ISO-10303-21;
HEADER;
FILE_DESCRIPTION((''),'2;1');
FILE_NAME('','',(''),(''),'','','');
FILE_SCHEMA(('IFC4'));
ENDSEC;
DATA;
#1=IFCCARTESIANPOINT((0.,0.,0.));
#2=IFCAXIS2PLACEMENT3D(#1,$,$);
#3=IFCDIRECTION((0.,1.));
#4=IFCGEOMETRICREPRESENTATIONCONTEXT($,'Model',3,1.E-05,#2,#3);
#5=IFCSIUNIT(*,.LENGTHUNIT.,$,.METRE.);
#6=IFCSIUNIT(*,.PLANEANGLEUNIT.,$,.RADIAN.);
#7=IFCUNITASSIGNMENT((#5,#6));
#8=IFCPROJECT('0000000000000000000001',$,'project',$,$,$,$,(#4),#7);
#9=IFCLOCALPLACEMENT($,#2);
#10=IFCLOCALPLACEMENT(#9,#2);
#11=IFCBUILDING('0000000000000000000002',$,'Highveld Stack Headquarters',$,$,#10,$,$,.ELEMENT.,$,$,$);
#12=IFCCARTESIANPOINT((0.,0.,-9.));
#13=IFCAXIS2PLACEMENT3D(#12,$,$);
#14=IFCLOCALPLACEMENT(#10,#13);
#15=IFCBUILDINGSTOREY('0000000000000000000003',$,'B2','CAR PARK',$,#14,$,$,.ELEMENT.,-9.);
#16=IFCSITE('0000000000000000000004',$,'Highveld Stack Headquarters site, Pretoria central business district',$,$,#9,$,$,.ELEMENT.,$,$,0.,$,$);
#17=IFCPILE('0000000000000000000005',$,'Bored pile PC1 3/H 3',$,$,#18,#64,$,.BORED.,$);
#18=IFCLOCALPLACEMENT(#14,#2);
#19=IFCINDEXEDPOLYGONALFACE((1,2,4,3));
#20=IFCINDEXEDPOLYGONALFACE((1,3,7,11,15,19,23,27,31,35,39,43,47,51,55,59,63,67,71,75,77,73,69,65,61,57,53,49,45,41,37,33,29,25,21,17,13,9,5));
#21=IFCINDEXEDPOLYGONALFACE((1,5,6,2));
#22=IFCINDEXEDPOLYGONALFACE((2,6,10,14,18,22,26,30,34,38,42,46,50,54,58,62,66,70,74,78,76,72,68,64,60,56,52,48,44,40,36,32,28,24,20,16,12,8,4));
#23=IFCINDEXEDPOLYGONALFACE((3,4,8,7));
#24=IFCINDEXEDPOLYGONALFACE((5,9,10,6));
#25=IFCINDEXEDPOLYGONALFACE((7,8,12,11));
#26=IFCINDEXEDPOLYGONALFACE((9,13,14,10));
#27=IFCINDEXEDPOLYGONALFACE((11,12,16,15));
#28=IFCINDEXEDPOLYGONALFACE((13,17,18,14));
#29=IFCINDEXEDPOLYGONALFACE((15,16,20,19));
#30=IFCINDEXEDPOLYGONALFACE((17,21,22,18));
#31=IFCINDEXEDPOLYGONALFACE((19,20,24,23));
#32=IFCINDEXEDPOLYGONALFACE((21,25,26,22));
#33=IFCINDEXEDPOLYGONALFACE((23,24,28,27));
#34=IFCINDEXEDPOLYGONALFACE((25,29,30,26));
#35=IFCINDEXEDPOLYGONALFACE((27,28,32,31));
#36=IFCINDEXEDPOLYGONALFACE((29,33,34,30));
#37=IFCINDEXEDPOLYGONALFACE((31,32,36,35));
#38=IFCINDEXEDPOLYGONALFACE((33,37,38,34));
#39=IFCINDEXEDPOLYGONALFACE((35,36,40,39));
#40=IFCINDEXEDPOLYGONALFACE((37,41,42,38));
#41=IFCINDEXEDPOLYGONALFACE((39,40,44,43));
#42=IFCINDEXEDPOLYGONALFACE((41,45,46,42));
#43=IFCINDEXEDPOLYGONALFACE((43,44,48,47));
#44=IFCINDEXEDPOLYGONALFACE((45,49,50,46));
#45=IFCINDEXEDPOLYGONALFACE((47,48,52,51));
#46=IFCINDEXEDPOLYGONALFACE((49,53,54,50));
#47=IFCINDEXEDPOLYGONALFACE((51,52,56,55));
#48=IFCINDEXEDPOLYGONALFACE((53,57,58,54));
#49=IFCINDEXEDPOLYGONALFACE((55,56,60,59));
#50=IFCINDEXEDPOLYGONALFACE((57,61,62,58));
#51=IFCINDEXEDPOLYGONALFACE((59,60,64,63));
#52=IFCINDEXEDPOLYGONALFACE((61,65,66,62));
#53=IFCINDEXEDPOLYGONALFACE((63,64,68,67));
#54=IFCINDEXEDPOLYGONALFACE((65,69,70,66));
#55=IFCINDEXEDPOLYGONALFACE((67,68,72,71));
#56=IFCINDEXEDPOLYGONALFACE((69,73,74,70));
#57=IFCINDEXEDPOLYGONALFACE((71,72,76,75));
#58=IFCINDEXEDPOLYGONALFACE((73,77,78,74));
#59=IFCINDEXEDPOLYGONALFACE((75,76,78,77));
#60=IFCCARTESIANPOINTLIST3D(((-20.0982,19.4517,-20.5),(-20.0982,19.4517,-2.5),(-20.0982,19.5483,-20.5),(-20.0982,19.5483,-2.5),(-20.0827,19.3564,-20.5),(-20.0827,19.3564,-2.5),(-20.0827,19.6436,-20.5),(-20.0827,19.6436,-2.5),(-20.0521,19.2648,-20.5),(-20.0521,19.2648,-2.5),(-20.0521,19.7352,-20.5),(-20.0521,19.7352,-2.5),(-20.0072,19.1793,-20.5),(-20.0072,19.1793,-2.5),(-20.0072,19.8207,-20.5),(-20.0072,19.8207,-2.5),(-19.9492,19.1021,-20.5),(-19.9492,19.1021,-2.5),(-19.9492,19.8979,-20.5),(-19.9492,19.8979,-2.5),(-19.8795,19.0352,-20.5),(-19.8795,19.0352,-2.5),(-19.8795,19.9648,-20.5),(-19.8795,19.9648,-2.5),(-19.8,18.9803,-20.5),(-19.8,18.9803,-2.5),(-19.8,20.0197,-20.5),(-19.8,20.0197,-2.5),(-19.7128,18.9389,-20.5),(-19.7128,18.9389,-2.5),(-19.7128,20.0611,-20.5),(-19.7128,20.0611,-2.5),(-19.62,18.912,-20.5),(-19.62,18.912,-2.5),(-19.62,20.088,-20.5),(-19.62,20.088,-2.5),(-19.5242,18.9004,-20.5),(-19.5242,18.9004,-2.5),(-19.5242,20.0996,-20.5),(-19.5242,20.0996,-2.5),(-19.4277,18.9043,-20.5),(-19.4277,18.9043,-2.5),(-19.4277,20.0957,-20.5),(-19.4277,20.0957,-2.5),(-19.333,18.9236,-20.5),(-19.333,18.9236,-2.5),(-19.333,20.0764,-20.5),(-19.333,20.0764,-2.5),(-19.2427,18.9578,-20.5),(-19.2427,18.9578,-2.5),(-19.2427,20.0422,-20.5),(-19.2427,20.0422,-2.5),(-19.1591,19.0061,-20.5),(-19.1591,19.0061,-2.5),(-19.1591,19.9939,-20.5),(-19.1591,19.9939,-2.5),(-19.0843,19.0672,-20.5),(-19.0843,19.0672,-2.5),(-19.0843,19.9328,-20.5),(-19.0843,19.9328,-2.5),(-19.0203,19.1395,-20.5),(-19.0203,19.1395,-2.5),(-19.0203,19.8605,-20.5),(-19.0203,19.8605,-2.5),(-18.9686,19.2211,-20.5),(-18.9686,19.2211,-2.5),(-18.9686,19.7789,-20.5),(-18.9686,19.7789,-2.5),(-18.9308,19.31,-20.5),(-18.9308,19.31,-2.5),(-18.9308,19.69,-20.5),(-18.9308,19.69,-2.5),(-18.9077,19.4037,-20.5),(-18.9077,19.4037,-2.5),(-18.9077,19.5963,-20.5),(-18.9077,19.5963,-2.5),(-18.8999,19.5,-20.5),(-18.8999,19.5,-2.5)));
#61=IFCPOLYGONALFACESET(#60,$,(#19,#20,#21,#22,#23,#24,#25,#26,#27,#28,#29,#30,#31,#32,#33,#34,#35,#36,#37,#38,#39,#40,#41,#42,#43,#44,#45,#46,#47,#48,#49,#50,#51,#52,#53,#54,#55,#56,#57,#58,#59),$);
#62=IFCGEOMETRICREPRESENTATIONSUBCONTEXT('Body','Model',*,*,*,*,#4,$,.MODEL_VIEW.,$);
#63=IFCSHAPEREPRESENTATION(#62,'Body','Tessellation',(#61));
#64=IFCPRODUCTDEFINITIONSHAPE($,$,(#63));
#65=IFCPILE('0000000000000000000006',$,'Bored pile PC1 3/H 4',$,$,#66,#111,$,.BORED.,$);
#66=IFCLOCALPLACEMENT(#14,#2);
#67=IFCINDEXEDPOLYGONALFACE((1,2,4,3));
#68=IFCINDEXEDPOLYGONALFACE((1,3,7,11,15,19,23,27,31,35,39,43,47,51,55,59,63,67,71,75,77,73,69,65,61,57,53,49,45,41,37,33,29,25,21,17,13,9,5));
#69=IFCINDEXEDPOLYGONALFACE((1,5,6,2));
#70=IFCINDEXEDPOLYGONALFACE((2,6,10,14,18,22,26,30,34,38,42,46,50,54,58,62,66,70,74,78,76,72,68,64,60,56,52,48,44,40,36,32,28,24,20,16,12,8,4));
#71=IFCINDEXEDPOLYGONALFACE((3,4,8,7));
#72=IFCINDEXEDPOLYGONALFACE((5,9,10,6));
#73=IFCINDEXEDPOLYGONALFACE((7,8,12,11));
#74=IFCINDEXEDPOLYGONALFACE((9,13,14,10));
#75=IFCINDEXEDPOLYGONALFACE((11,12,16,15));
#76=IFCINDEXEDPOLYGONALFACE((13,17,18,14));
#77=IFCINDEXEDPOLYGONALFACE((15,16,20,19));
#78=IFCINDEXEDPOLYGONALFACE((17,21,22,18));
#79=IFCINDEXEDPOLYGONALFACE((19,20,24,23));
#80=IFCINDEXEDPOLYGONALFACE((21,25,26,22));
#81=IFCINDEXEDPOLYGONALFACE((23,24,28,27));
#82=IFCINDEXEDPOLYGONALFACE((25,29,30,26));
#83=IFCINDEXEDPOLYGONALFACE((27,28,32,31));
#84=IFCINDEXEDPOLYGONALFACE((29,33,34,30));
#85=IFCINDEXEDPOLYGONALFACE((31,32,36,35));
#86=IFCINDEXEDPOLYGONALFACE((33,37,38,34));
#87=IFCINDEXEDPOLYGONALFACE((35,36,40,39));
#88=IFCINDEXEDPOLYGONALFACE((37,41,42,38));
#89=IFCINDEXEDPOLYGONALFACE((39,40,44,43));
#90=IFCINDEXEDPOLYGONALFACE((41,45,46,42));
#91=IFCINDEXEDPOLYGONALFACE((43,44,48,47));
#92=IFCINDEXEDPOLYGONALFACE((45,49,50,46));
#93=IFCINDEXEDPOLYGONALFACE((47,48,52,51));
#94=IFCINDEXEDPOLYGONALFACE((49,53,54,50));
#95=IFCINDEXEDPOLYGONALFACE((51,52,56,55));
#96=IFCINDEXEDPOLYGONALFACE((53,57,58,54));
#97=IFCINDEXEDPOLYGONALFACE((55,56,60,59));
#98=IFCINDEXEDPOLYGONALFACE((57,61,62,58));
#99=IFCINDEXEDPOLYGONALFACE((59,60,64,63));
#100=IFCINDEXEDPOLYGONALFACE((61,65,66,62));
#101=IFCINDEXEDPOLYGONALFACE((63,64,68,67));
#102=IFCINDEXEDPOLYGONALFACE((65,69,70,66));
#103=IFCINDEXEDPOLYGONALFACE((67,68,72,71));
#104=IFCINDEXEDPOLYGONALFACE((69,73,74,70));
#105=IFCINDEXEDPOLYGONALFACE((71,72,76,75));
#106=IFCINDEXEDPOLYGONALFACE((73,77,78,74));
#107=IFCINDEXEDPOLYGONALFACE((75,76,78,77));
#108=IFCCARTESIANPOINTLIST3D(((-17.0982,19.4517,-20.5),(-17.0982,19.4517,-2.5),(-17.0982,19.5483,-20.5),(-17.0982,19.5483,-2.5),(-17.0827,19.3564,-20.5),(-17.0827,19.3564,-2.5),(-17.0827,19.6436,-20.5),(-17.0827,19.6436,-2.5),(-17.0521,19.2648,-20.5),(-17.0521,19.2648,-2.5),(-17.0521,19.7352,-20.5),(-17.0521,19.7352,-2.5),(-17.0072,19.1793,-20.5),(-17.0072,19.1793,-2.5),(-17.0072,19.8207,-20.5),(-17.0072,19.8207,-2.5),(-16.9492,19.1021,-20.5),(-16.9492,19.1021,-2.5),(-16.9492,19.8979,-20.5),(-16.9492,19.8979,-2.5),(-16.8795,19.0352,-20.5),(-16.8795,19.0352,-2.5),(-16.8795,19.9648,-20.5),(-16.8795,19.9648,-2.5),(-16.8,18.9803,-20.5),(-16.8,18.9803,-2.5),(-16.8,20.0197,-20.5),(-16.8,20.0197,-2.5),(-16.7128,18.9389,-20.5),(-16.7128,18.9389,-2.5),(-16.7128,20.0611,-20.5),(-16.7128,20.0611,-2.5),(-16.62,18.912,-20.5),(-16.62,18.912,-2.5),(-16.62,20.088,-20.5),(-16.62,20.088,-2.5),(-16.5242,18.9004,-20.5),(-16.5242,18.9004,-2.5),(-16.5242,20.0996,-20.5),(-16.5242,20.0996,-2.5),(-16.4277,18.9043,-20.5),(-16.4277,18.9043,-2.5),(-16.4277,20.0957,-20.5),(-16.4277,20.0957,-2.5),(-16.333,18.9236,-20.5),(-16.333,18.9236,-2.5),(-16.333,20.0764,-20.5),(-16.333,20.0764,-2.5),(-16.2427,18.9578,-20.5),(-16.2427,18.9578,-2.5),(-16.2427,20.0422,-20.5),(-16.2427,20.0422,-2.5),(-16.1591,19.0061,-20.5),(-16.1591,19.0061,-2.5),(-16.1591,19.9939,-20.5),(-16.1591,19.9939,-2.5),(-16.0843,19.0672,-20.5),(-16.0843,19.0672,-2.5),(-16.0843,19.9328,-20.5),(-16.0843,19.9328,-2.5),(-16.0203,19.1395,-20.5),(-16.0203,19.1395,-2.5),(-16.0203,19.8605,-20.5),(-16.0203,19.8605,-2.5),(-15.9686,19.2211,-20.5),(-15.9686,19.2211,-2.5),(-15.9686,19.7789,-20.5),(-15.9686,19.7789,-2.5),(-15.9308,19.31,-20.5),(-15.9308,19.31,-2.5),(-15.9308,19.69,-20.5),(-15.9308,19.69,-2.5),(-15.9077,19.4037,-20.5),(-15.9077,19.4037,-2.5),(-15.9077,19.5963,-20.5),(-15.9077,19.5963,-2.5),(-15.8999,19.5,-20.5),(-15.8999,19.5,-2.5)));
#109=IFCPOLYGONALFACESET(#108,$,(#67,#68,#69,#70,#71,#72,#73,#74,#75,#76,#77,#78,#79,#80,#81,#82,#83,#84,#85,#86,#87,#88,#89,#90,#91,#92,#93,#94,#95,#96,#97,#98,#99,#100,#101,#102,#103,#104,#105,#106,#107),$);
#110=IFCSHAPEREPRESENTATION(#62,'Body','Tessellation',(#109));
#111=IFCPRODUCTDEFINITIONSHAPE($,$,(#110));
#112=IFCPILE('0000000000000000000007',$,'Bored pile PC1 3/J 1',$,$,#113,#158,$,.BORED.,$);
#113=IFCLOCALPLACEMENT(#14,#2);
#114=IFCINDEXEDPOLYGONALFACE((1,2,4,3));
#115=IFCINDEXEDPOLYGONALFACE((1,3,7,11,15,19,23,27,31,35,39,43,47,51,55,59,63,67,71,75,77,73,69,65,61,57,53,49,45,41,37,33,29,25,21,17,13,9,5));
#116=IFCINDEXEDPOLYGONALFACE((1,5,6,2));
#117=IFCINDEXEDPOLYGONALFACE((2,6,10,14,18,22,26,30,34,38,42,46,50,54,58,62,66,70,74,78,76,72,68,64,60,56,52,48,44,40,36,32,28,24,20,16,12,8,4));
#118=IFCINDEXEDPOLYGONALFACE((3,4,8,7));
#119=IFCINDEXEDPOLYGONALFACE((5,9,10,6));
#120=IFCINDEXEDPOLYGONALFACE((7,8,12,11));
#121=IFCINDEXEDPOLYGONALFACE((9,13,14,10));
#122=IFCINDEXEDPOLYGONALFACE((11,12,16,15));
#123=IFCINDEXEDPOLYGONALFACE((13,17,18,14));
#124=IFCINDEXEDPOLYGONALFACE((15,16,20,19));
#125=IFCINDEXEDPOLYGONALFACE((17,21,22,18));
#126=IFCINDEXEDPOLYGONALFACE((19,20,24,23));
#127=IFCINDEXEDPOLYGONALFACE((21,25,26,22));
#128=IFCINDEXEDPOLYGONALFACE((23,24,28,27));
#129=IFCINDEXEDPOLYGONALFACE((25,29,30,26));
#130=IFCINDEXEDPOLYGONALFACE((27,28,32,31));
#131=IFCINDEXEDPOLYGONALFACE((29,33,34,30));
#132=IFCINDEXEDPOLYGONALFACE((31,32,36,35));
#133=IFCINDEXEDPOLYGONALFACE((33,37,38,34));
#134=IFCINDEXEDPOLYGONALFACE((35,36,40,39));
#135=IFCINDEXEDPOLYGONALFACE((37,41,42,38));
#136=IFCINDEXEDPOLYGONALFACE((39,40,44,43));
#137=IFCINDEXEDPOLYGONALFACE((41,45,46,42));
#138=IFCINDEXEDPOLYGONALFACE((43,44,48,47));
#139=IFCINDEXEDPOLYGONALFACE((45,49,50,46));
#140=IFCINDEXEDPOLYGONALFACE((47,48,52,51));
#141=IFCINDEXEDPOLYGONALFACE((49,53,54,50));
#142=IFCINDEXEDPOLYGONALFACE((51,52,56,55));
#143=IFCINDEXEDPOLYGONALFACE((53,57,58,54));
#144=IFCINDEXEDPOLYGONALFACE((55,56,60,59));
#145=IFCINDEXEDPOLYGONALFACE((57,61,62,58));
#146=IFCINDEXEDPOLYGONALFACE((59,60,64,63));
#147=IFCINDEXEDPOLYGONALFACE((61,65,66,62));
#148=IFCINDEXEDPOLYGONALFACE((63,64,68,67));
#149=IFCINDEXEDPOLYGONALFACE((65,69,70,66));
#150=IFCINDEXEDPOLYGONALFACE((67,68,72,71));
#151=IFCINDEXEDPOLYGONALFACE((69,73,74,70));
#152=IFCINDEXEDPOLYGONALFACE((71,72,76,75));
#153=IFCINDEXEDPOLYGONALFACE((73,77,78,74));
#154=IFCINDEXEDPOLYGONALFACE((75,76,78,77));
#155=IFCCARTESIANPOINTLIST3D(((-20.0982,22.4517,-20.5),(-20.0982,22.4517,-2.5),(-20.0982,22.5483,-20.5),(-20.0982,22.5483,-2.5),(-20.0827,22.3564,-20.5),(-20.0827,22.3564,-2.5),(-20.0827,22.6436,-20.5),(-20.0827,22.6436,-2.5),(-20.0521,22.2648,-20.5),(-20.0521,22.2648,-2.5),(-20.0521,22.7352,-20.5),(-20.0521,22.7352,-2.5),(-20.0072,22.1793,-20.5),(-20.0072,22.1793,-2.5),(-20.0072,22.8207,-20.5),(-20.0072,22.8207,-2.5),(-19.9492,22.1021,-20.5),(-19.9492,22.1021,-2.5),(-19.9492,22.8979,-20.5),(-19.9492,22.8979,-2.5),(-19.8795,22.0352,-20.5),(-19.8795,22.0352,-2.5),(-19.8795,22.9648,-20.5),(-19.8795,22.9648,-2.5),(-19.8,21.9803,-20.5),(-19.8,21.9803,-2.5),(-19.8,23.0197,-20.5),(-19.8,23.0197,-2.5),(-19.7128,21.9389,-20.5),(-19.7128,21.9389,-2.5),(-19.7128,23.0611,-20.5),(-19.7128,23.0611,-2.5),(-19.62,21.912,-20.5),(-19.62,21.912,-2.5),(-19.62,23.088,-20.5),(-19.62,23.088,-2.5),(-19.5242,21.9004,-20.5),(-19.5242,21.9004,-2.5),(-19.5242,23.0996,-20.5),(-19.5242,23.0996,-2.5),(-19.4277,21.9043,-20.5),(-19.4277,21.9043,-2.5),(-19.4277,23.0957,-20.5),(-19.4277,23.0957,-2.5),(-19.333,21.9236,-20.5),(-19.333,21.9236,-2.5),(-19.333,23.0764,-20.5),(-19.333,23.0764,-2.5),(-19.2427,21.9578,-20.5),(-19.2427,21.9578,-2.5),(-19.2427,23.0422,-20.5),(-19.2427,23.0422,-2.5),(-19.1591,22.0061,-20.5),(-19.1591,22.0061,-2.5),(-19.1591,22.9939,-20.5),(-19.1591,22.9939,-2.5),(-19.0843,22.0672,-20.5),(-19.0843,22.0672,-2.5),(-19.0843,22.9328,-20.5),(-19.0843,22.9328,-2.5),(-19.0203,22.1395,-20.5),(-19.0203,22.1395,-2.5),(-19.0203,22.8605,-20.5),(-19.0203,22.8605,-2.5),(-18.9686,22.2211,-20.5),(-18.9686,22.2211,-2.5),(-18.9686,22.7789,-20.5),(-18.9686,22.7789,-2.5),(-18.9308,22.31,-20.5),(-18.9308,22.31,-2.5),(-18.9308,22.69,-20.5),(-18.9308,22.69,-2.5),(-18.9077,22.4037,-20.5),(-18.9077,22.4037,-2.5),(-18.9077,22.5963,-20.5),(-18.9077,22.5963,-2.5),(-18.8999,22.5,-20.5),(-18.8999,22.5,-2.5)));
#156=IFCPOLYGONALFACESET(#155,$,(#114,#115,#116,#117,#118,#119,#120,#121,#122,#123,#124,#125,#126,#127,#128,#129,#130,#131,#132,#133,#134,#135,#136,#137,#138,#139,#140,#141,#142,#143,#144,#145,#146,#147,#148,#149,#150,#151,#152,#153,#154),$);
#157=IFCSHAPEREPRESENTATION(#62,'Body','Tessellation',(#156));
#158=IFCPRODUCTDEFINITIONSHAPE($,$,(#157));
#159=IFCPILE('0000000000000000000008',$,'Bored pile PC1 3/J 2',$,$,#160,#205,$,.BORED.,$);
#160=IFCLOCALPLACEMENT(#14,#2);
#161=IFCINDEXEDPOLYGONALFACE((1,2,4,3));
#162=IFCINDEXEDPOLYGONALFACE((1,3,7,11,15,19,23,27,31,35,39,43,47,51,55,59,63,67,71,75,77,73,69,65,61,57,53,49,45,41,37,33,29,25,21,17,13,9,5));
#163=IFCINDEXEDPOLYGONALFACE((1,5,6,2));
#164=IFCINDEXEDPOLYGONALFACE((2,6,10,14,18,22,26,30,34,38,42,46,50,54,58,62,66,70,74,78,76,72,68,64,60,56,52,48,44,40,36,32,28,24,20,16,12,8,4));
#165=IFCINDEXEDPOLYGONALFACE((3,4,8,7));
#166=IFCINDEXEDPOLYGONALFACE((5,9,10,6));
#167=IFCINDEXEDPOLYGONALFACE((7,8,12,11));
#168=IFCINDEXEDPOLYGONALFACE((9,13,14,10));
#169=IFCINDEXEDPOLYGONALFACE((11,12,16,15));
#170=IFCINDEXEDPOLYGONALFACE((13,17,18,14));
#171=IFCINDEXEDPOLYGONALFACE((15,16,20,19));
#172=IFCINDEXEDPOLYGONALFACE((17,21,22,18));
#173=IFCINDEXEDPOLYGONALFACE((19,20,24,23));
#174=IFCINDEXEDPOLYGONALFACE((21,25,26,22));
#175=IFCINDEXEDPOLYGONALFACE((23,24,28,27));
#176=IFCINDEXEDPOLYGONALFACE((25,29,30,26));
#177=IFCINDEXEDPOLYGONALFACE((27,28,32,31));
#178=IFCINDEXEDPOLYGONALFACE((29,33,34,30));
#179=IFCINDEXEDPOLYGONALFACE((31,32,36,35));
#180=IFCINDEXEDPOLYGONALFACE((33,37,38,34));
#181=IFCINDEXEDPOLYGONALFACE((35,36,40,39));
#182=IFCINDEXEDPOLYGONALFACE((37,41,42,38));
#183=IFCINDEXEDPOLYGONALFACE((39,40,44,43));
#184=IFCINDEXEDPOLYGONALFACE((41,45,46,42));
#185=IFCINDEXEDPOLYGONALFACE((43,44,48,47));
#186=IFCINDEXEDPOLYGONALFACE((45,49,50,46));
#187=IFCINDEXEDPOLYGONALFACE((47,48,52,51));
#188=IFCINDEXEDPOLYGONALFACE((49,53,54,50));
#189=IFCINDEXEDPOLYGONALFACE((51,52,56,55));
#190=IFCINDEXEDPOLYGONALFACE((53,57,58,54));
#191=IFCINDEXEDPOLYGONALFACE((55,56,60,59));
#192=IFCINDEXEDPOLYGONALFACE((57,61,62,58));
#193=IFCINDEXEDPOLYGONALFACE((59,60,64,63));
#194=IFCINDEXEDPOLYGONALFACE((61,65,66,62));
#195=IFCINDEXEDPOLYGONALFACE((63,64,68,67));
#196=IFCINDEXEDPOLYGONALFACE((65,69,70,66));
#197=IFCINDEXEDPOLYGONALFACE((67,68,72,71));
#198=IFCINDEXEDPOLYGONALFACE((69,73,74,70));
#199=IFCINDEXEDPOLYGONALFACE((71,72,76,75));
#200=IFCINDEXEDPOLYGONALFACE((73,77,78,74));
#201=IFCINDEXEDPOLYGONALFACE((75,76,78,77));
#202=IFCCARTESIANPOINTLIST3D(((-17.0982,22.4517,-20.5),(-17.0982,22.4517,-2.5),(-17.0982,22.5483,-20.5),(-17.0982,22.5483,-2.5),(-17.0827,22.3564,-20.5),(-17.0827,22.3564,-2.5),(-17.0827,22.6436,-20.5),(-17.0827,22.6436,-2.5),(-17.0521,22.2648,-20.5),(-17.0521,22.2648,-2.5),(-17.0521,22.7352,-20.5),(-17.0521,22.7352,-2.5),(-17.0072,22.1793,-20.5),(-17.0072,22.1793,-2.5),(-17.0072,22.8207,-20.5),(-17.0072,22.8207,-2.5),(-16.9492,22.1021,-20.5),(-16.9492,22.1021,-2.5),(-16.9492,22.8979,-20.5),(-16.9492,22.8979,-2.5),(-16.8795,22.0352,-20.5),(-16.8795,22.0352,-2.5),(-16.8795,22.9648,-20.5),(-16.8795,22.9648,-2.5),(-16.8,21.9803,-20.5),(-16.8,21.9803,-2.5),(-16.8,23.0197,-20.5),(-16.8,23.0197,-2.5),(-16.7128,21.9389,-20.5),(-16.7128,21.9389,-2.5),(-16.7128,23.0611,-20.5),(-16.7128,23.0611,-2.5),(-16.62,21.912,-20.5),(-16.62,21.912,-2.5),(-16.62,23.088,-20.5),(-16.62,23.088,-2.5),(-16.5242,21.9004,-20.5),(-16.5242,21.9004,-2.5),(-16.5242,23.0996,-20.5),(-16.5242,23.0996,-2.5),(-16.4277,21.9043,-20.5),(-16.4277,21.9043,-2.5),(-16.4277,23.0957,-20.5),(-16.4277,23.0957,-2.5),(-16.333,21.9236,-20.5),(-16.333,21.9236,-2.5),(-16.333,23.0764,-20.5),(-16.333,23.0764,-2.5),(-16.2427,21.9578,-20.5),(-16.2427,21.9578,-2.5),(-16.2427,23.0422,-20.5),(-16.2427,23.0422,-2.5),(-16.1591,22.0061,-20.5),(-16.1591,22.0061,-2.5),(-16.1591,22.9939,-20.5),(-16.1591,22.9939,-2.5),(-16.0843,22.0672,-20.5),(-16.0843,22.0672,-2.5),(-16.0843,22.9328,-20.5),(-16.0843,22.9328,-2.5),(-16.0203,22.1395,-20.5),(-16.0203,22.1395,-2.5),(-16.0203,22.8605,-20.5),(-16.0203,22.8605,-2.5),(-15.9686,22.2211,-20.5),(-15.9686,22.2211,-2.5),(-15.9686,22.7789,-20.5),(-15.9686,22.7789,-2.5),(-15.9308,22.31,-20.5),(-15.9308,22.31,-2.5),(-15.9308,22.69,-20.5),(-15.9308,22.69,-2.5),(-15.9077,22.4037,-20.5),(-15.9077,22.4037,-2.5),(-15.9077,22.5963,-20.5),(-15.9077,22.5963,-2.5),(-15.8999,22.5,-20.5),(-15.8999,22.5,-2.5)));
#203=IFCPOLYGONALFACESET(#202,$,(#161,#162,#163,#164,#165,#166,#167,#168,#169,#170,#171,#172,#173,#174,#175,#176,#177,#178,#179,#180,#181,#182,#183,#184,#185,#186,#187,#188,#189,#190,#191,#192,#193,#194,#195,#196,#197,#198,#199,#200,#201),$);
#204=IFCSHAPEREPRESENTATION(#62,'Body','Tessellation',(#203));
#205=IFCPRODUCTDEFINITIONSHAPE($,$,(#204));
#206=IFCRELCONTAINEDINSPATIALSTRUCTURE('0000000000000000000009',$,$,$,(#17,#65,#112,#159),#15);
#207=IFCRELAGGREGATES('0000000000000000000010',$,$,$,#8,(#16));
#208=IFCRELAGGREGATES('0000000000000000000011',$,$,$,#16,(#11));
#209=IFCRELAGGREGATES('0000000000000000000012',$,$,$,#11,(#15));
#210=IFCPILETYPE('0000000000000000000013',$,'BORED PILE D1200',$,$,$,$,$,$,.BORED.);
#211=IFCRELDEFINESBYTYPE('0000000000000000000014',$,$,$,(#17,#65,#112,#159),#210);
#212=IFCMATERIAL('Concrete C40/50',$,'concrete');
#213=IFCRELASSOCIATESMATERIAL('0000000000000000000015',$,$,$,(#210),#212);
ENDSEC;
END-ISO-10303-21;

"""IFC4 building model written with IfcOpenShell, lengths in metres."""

from ifc_helpers import new_model, si_unit, direction, frame, origin, origin_2d, place, context, subcontext, project, spatial, circle, extrude, material, type_object, element, save


model = new_model("IFC4")

# Units and contexts
model_context = context("Model", 3, precision=1e-05, world=origin(), true_north=direction((0.0, 1.0)))
body_context = subcontext(model_context, "Body", "Model", "MODEL_VIEW")
ifc_project = project(units=[si_unit("LENGTHUNIT", "METRE"), si_unit("PLANEANGLEUNIT", "RADIAN")], contexts=[model_context])

# Site, building, storey
site_placement = place(None, origin())
site = spatial("IfcSite", under=ifc_project, at=site_placement, Name="Highveld Stack Headquarters site, Pretoria central business district", CompositionType="ELEMENT", RefElevation=0.0)
building_placement = place(site_placement, origin())
building = spatial("IfcBuilding", under=site, at=building_placement, Name="Highveld Stack Headquarters", CompositionType="ELEMENT")
storey_placement = place(building_placement, frame((0.0, 0.0, -9.0)))
storey = spatial("IfcBuildingStorey", under=building, at=storey_placement, Name="B2", Description="CAR PARK", CompositionType="ELEMENT", Elevation=-9.0)

# Piles
ifc_material_1 = material(Name="Concrete C40/50", Category="concrete")
pile_type_1 = type_object("IfcPileType", Name="BORED PILE D1200", PredefinedType="BORED", material=ifc_material_1)
for number, where, z_axis, x_axis, name in (
    (1, (-19.5, 19.5, -2.5), (0.0, 0.0, -1.0), (1.0, 0.0, 0.0), "Bored pile PC1 3/H 3"),
    (2, (-16.5, 19.5, -2.5), (0.0, 0.0, -1.0), (1.0, 0.0, 0.0), "Bored pile PC1 3/H 4"),
    (3, (-19.5, 22.5, -2.5), (0.0, 0.0, -1.0), (1.0, 0.0, 0.0), "Bored pile PC1 3/J 1"),
    (4, (-16.5, 22.5, -2.5), (0.0, 0.0, -1.0), (1.0, 0.0, 0.0), "Bored pile PC1 3/J 2"),
):
    element("IfcPile", number, at=place(storey_placement, frame(where, z_axis=z_axis, x_axis=x_axis)), inside=storey, type_object=pile_type_1, Name=name, PredefinedType="BORED", context=body_context, shape_type="SweptSolid", body=[
        extrude(circle(Radius=0.6001, at=origin_2d()), origin(), (0.0, 0.0, 1.0), 18.0),
    ])

save(model, "model.ifc")
